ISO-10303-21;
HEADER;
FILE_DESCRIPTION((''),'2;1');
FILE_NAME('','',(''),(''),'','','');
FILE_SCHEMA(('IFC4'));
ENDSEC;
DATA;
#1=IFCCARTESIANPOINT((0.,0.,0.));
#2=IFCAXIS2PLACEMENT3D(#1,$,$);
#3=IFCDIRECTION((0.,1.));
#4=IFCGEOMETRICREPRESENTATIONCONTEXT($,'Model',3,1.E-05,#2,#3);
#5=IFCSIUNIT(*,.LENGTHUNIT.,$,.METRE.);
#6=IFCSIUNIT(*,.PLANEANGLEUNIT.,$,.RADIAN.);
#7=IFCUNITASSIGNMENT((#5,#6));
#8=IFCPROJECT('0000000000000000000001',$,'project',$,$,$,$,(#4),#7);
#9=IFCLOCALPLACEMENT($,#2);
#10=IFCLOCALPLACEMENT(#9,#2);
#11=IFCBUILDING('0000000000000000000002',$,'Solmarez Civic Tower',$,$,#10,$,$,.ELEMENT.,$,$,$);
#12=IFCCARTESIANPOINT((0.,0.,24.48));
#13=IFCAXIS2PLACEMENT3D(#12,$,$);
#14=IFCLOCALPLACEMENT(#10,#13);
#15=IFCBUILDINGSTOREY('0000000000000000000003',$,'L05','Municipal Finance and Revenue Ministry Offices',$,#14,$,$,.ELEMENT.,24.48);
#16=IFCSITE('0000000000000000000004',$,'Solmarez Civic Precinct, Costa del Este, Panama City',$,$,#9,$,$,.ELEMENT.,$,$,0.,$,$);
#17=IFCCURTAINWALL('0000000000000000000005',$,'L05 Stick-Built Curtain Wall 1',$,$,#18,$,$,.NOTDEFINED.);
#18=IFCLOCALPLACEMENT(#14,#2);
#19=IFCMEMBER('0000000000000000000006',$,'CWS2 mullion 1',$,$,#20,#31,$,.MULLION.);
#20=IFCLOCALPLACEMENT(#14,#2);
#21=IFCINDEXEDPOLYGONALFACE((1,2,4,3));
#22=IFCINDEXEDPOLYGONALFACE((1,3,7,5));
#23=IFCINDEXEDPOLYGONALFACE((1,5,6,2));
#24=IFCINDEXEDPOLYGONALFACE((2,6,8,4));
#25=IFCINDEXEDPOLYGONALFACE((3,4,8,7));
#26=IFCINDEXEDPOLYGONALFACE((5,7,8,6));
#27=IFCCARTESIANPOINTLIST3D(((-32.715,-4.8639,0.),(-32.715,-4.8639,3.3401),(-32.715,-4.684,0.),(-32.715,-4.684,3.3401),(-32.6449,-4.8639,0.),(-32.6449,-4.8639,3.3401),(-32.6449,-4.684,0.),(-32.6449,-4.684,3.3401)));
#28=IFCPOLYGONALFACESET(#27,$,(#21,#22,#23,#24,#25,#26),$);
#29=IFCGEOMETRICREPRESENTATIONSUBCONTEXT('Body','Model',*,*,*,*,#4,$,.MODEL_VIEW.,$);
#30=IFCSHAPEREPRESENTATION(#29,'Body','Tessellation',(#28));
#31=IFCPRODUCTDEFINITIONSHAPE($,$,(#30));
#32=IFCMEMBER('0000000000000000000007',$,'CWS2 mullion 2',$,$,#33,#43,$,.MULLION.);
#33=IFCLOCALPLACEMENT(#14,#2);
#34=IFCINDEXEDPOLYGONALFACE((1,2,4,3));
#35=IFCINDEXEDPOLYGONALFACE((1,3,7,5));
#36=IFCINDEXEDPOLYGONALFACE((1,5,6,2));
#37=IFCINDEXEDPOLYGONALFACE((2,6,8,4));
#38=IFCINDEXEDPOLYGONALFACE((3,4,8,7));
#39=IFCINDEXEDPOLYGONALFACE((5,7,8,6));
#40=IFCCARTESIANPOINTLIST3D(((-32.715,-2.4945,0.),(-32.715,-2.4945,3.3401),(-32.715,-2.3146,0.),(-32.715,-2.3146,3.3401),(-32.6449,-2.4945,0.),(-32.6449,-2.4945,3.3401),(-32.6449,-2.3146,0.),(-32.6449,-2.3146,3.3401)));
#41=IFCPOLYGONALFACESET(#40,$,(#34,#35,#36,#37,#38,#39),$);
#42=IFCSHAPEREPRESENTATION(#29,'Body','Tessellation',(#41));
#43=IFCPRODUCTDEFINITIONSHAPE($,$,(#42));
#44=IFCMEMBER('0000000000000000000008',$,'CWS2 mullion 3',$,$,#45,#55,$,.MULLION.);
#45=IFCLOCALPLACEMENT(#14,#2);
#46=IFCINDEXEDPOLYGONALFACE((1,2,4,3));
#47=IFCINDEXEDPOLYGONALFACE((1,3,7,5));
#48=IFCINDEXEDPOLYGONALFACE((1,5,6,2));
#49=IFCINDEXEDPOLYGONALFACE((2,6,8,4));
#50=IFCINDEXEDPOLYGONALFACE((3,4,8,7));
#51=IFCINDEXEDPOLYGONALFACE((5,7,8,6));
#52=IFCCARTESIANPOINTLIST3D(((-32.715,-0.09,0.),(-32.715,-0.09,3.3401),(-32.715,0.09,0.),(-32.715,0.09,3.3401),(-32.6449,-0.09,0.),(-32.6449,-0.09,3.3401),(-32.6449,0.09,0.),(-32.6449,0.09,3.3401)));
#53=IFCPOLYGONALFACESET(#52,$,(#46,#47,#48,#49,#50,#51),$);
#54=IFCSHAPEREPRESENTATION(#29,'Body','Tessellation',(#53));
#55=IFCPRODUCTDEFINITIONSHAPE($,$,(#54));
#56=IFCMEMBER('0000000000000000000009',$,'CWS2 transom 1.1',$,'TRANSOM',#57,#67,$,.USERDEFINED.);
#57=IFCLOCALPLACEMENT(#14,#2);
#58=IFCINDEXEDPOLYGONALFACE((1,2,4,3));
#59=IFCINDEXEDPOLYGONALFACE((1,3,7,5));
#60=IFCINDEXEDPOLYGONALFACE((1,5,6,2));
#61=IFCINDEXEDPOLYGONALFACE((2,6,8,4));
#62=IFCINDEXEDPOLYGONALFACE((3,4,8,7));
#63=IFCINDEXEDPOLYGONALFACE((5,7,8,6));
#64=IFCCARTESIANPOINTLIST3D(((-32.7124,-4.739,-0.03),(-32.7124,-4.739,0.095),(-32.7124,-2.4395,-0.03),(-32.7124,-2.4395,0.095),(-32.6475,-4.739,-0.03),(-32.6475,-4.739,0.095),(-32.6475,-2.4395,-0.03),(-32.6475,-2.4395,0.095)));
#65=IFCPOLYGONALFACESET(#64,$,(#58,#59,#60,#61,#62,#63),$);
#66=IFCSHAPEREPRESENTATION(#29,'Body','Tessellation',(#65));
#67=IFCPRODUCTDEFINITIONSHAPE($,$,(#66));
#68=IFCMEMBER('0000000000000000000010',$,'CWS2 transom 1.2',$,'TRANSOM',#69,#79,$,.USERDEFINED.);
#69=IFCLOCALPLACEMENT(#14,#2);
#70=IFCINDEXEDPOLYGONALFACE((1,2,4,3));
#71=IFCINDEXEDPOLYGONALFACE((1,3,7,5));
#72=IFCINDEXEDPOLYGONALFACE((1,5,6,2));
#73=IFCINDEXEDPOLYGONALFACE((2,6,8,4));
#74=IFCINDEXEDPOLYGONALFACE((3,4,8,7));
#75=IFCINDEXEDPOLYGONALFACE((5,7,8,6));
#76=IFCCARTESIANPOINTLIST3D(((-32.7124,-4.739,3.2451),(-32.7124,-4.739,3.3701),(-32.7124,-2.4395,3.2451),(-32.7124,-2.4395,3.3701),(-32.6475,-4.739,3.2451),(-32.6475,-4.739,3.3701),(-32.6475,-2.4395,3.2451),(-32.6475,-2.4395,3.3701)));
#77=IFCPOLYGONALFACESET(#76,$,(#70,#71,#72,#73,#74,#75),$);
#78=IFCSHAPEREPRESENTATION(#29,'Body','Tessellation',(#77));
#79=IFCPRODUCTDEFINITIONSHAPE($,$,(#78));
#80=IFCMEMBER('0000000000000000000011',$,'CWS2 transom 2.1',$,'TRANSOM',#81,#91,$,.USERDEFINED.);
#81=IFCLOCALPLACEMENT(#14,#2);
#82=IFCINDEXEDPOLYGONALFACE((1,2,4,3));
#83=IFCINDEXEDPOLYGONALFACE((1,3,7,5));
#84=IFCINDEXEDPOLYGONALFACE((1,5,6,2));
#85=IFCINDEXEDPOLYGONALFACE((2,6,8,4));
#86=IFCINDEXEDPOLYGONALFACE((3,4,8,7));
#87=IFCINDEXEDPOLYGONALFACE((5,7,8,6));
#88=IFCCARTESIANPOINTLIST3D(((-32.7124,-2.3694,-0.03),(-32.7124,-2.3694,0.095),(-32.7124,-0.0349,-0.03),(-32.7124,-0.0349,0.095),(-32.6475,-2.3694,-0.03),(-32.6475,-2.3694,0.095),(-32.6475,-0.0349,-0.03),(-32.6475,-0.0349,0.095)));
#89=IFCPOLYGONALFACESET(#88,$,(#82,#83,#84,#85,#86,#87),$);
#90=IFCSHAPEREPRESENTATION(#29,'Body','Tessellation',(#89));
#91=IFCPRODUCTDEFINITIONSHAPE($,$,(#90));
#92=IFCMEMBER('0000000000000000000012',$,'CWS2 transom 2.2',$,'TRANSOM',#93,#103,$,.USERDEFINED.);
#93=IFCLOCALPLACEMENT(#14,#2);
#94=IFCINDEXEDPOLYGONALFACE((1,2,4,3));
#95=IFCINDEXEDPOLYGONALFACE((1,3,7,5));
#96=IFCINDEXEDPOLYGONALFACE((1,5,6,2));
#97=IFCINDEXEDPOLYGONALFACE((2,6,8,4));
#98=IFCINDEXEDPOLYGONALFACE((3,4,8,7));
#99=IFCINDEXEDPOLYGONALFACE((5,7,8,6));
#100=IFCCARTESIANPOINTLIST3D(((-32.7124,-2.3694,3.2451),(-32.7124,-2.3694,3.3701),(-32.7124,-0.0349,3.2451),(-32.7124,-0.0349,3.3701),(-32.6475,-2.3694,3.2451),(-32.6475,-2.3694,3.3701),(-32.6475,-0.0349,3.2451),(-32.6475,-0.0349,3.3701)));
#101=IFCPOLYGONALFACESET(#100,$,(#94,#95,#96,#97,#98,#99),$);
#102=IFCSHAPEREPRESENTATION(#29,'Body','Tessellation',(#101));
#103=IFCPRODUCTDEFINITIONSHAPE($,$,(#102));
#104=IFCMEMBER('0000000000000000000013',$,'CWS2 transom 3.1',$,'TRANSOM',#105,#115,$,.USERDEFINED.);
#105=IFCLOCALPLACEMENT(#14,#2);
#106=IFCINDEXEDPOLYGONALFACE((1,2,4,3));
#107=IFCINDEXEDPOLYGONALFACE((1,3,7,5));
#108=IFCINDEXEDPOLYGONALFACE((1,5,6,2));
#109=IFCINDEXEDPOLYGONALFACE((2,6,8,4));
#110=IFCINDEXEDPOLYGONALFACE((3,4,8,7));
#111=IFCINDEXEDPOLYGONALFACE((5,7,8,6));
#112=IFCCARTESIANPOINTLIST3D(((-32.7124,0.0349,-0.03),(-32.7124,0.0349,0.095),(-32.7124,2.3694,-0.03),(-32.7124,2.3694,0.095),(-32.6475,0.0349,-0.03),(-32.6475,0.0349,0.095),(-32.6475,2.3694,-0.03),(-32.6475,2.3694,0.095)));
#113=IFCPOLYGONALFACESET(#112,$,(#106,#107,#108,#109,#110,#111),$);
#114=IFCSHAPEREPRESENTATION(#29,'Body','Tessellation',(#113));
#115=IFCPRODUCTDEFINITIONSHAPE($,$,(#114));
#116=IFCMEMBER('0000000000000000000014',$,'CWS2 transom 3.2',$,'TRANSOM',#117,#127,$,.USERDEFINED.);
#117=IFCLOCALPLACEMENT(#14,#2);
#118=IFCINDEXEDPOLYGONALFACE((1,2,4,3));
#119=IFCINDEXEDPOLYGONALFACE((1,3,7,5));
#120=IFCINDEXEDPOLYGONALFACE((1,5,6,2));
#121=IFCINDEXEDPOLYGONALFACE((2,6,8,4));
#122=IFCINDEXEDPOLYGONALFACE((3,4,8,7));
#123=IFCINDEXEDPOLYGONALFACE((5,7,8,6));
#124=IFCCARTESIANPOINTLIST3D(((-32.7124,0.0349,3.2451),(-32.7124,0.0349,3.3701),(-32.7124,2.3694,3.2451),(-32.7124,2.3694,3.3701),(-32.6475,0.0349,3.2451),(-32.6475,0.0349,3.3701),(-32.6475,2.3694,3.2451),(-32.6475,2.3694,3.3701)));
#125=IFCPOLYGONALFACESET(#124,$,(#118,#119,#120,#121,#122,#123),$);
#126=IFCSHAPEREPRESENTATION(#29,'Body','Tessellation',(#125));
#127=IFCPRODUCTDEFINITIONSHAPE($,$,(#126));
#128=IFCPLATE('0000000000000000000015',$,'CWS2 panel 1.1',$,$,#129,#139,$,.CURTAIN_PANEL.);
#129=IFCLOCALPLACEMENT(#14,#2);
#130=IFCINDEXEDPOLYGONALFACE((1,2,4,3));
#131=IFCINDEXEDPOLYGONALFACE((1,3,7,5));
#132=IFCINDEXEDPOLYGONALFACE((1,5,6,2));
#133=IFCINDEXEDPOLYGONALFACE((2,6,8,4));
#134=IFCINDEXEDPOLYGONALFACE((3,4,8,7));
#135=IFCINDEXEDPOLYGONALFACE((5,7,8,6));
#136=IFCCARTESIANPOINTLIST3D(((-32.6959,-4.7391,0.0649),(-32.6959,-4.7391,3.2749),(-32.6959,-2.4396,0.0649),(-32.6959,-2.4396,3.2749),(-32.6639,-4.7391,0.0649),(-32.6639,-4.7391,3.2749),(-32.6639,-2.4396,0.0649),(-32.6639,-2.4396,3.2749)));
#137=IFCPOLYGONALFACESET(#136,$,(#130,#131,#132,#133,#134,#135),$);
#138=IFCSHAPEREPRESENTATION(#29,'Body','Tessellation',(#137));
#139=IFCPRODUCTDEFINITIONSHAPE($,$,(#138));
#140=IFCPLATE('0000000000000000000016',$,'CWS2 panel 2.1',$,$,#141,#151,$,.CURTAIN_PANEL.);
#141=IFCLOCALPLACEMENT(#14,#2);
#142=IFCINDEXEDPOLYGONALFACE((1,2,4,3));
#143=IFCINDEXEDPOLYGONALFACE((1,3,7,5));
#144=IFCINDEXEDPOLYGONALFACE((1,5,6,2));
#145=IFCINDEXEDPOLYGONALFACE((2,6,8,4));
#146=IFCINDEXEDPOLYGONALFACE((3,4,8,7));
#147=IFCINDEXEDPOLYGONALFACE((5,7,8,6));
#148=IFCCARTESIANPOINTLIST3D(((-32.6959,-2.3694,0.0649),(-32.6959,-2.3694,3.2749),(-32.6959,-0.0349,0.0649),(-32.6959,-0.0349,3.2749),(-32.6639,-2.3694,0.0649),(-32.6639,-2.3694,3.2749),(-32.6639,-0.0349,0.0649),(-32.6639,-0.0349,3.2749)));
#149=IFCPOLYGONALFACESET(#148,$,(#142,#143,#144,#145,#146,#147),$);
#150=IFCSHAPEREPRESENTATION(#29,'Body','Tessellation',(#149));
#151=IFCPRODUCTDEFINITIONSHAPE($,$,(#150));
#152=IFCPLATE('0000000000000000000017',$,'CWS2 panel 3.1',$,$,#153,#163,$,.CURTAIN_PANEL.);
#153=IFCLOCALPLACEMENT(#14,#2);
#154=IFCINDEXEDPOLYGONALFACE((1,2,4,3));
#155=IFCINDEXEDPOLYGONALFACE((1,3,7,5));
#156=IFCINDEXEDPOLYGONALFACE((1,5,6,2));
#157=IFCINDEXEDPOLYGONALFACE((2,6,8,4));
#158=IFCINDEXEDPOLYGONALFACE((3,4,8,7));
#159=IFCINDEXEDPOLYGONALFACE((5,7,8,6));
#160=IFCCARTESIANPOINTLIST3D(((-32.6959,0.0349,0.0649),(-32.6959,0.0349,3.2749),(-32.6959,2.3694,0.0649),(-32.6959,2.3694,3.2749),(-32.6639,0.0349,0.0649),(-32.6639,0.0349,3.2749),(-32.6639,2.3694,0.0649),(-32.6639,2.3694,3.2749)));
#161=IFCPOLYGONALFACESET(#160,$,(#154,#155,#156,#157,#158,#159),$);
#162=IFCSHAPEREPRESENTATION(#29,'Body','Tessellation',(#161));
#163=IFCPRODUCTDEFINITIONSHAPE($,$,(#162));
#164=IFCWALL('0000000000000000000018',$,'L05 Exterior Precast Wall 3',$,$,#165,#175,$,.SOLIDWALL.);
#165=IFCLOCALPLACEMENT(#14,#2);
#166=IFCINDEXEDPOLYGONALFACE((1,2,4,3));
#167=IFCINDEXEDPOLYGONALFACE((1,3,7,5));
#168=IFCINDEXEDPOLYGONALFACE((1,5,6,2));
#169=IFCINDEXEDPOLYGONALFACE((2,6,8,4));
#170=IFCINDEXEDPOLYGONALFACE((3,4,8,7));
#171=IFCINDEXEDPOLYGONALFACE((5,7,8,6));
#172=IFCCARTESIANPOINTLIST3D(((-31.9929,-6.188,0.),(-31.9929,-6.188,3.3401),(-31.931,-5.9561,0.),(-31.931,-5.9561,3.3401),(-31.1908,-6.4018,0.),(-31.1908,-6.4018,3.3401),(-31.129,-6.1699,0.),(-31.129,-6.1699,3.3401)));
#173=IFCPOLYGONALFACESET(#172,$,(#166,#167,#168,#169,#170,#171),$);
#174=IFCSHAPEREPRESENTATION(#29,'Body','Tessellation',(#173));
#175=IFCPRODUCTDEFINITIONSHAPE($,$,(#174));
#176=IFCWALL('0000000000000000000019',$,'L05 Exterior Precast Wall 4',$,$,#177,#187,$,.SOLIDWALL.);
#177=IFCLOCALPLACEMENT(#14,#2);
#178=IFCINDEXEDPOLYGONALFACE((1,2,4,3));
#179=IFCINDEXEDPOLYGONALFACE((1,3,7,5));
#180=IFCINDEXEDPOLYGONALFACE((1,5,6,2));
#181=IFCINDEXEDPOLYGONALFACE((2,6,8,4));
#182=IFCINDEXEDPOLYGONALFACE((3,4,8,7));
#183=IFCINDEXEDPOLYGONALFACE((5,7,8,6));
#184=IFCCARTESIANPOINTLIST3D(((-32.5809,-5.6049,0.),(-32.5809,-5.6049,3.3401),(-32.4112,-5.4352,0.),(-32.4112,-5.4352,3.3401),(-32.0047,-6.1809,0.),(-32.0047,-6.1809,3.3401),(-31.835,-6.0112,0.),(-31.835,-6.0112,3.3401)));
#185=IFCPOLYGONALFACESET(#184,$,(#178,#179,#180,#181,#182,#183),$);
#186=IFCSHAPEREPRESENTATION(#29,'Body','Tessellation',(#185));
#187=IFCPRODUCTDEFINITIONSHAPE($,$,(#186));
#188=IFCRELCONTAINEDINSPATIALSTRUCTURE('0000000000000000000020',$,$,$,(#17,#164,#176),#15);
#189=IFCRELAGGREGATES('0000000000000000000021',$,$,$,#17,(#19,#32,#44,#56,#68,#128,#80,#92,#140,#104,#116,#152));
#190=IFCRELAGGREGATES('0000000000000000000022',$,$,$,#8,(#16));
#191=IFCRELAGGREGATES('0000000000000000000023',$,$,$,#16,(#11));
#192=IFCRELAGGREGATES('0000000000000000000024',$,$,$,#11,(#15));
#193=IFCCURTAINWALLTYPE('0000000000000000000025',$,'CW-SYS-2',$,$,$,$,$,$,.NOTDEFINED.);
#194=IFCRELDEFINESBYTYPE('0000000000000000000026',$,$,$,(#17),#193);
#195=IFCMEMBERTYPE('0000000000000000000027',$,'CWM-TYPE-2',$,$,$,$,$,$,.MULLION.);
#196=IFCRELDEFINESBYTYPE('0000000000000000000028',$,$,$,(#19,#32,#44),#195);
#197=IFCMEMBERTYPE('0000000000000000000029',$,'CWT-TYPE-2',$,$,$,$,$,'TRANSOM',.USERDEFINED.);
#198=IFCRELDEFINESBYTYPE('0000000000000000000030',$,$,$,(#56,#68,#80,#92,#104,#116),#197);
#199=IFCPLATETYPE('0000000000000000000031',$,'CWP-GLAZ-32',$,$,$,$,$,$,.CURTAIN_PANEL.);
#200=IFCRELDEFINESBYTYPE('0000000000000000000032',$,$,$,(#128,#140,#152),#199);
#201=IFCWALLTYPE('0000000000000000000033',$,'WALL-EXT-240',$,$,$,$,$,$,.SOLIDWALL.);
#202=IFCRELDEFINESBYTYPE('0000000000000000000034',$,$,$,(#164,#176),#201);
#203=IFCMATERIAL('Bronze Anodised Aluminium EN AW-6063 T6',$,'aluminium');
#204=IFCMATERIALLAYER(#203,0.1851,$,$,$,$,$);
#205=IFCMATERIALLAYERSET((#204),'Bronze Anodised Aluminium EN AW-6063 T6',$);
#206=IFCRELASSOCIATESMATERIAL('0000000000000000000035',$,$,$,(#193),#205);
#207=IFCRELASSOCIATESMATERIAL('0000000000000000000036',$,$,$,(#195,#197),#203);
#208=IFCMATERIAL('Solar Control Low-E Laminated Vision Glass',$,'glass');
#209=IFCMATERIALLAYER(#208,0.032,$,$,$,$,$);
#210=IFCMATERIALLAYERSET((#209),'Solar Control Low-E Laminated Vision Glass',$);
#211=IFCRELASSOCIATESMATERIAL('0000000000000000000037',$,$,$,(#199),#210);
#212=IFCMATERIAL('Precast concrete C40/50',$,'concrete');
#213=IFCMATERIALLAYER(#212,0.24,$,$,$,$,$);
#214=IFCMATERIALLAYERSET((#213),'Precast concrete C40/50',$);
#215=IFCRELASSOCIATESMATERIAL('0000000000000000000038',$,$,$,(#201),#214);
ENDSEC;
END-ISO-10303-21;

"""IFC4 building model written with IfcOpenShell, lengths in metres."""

from ifc_helpers import new_model, si_unit, direction, frame, frame_2d, origin, origin_2d, place, context, subcontext, project, spatial, rectangle, extrude, material, layer, layer_set, material_profile, profile_set, type_object, element, aggregate, save


model = new_model("IFC4")

# Units and contexts
model_context = context("Model", 3, precision=1e-05, world=origin(), true_north=direction((0.0, 1.0)))
body_context = subcontext(model_context, "Body", "Model", "MODEL_VIEW")
ifc_project = project(units=[si_unit("LENGTHUNIT", "METRE"), si_unit("PLANEANGLEUNIT", "RADIAN")], contexts=[model_context])

# Site, building, storey
site_placement = place(None, origin())
site = spatial("IfcSite", under=ifc_project, at=site_placement, Name="Solmarez Civic Precinct, Costa del Este, Panama City", CompositionType="ELEMENT", RefElevation=0.0)
building_placement = place(site_placement, origin())
building = spatial("IfcBuilding", under=site, at=building_placement, Name="Solmarez Civic Tower", CompositionType="ELEMENT")
storey_placement = place(building_placement, frame((0.0, 0.0, 24.48)))
storey = spatial("IfcBuildingStorey", under=building, at=storey_placement, Name="L05", Description="Municipal Finance and Revenue Ministry Offices", CompositionType="ELEMENT", Elevation=24.48)

# Curtain wall, members, plates
ifc_material_1 = material(Name="Bronze Anodised Aluminium EN AW-6063 T6", Category="aluminium")
ifc_layer_1 = layer(ifc_material_1, 0.1851)
ifc_layer_set_1 = layer_set([ifc_layer_1], Name="Bronze Anodised Aluminium EN AW-6063 T6")
curtain_wall_type = type_object("IfcCurtainWallType", Name="CW-SYS-2", PredefinedType="NOTDEFINED", material=ifc_layer_set_1)
curtain_wall_placement = place(storey_placement, origin())
curtain_wall = element("IfcCurtainWall", 1, at=curtain_wall_placement, inside=storey, type_object=curtain_wall_type, Name="L05 Stick-Built Curtain Wall 1", PredefinedType="NOTDEFINED")
ifc_material_profile_1 = material_profile(ifc_material_1, rectangle(XDim=0.0701, YDim=0.1799, at=origin_2d()), Name="CWM-70X180")
ifc_profile_set_1 = profile_set([ifc_material_profile_1], Name="Bronze Anodised Aluminium EN AW-6063 T6")
member_type_1 = type_object("IfcMemberType", Name="CWM-TYPE-2", PredefinedType="MULLION", material=ifc_profile_set_1)
member_1_placement = place(storey_placement, frame((-32.6799, -4.7739, 0.0), z_axis=(0.0, 0.0, 1.0), x_axis=(-1.0, 0.0, 0.0)))
member_1 = element("IfcMember", 2, at=member_1_placement, type_object=member_type_1, Name="CWS2 mullion 1", PredefinedType="MULLION", context=body_context, shape_type="SweptSolid", body=[
    extrude(rectangle(XDim=0.0701, YDim=0.1799, at=origin_2d()), origin(), (0.0, 0.0, 1.0), 3.3401),
])
member_2_placement = place(storey_placement, frame((-32.6799, -2.4045, 0.0), z_axis=(0.0, 0.0, 1.0), x_axis=(-1.0, 0.0, 0.0)))
member_2 = element("IfcMember", 3, at=member_2_placement, type_object=member_type_1, Name="CWS2 mullion 2", PredefinedType="MULLION", context=body_context, shape_type="SweptSolid", body=[
    extrude(rectangle(XDim=0.0701, YDim=0.1799, at=origin_2d()), origin(), (0.0, 0.0, 1.0), 3.3401),
])
member_3_placement = place(storey_placement, frame((-32.6799, 0.0, 0.0), z_axis=(0.0, 0.0, 1.0), x_axis=(-1.0, 0.0, 0.0)))
member_3 = element("IfcMember", 4, at=member_3_placement, type_object=member_type_1, Name="CWS2 mullion 3", PredefinedType="MULLION", context=body_context, shape_type="SweptSolid", body=[
    extrude(rectangle(XDim=0.0701, YDim=0.1799, at=origin_2d()), origin(), (0.0, 0.0, 1.0), 3.3401),
])
ifc_material_profile_2 = material_profile(ifc_material_1, rectangle(XDim=0.0649, YDim=0.125, at=origin_2d()), Name="CWT-65X125")
ifc_profile_set_2 = profile_set([ifc_material_profile_2], Name="Bronze Anodised Aluminium EN AW-6063 T6")
member_type_2 = type_object("IfcMemberType", Name="CWT-TYPE-2", ElementType="TRANSOM", PredefinedType="USERDEFINED", material=ifc_profile_set_2)
member_4_placement = place(storey_placement, frame((-32.6799, -4.739, 0.0325), z_axis=(0.0, 1.0, 0.0), x_axis=(-1.0, 0.0, 0.0)))
member_4 = element("IfcMember", 5, at=member_4_placement, type_object=member_type_2, Name="CWS2 transom 1.1", ObjectType="TRANSOM", PredefinedType="USERDEFINED", context=body_context, shape_type="SweptSolid", body=[
    extrude(rectangle(XDim=0.0649, YDim=0.125, at=origin_2d()), origin(), (0.0, 0.0, 1.0), 2.2996),
])
member_5_placement = place(storey_placement, frame((-32.6799, -4.739, 3.3076), z_axis=(0.0, 1.0, 0.0), x_axis=(-1.0, 0.0, 0.0)))
member_5 = element("IfcMember", 6, at=member_5_placement, type_object=member_type_2, Name="CWS2 transom 1.2", ObjectType="TRANSOM", PredefinedType="USERDEFINED", context=body_context, shape_type="SweptSolid", body=[
    extrude(rectangle(XDim=0.0649, YDim=0.125, at=origin_2d()), origin(), (0.0, 0.0, 1.0), 2.2996),
])
member_6_placement = place(storey_placement, frame((-32.6799, -2.3694, 0.0325), z_axis=(0.0, 1.0, 0.0), x_axis=(-1.0, 0.0, 0.0)))
member_6 = element("IfcMember", 7, at=member_6_placement, type_object=member_type_2, Name="CWS2 transom 2.1", ObjectType="TRANSOM", PredefinedType="USERDEFINED", context=body_context, shape_type="SweptSolid", body=[
    extrude(rectangle(XDim=0.0649, YDim=0.125, at=origin_2d()), origin(), (0.0, 0.0, 1.0), 2.3345),
])
member_7_placement = place(storey_placement, frame((-32.6799, -2.3694, 3.3076), z_axis=(0.0, 1.0, 0.0), x_axis=(-1.0, 0.0, 0.0)))
member_7 = element("IfcMember", 8, at=member_7_placement, type_object=member_type_2, Name="CWS2 transom 2.2", ObjectType="TRANSOM", PredefinedType="USERDEFINED", context=body_context, shape_type="SweptSolid", body=[
    extrude(rectangle(XDim=0.0649, YDim=0.125, at=origin_2d()), origin(), (0.0, 0.0, 1.0), 2.3345),
])
member_8_placement = place(storey_placement, frame((-32.6799, 0.0349, 0.0325), z_axis=(0.0, 1.0, 0.0), x_axis=(-1.0, 0.0, 0.0)))
member_8 = element("IfcMember", 9, at=member_8_placement, type_object=member_type_2, Name="CWS2 transom 3.1", ObjectType="TRANSOM", PredefinedType="USERDEFINED", context=body_context, shape_type="SweptSolid", body=[
    extrude(rectangle(XDim=0.0649, YDim=0.125, at=origin_2d()), origin(), (0.0, 0.0, 1.0), 2.3345),
])
member_9_placement = place(storey_placement, frame((-32.6799, 0.0349, 3.3076), z_axis=(0.0, 1.0, 0.0), x_axis=(-1.0, 0.0, 0.0)))
member_9 = element("IfcMember", 10, at=member_9_placement, type_object=member_type_2, Name="CWS2 transom 3.2", ObjectType="TRANSOM", PredefinedType="USERDEFINED", context=body_context, shape_type="SweptSolid", body=[
    extrude(rectangle(XDim=0.0649, YDim=0.125, at=origin_2d()), origin(), (0.0, 0.0, 1.0), 2.3345),
])
ifc_material_2 = material(Name="Solar Control Low-E Laminated Vision Glass", Category="glass")
ifc_layer_2 = layer(ifc_material_2, 0.032)
ifc_layer_set_2 = layer_set([ifc_layer_2], Name="Solar Control Low-E Laminated Vision Glass")
plate_type = type_object("IfcPlateType", Name="CWP-GLAZ-32", PredefinedType="CURTAIN_PANEL", material=ifc_layer_set_2)
plate_1_placement = place(storey_placement, frame((-32.6799, -3.5894, 0.0649), z_axis=(0.0, 0.0, 1.0), x_axis=(0.0, 1.0, 0.0)))
plate_1 = element("IfcPlate", 11, at=plate_1_placement, type_object=plate_type, Name="CWS2 panel 1.1", PredefinedType="CURTAIN_PANEL", context=body_context, shape_type="SweptSolid", body=[
    extrude(rectangle(XDim=2.2996, YDim=0.032, at=origin_2d()), origin(), (0.0, 0.0, 1.0), 3.21),
])
plate_2_placement = place(storey_placement, frame((-32.6799, -1.2021, 0.0649), z_axis=(0.0, 0.0, 1.0), x_axis=(0.0, 1.0, 0.0)))
plate_2 = element("IfcPlate", 12, at=plate_2_placement, type_object=plate_type, Name="CWS2 panel 2.1", PredefinedType="CURTAIN_PANEL", context=body_context, shape_type="SweptSolid", body=[
    extrude(rectangle(XDim=2.3345, YDim=0.032, at=origin_2d()), origin(), (0.0, 0.0, 1.0), 3.21),
])
plate_3_placement = place(storey_placement, frame((-32.6799, 1.2021, 0.0649), z_axis=(0.0, 0.0, 1.0), x_axis=(0.0, 1.0, 0.0)))
plate_3 = element("IfcPlate", 13, at=plate_3_placement, type_object=plate_type, Name="CWS2 panel 3.1", PredefinedType="CURTAIN_PANEL", context=body_context, shape_type="SweptSolid", body=[
    extrude(rectangle(XDim=2.3345, YDim=0.032, at=origin_2d()), origin(), (0.0, 0.0, 1.0), 3.21),
])
aggregate(curtain_wall, [member_1, member_2, member_3, member_4, member_5, plate_1, member_6, member_7, plate_2, member_8, member_9, plate_3])

# Walls
ifc_material_3 = material(Name="Precast concrete C40/50", Category="concrete")
ifc_layer_3 = layer(ifc_material_3, 0.24)
ifc_layer_set_3 = layer_set([ifc_layer_3], Name="Precast concrete C40/50")
wall_type = type_object("IfcWallType", Name="WALL-EXT-240", PredefinedType="SOLIDWALL", material=ifc_layer_set_3)
wall_1_placement = place(storey_placement, frame((-31.1599, -6.2859, 0.0), z_axis=(0.0, 0.0, 1.0), x_axis=(-0.966235, 0.257663, 0.0)))
element("IfcWall", 14, at=wall_1_placement, inside=storey, type_object=wall_type, Name="L05 Exterior Precast Wall 3", PredefinedType="SOLIDWALL", context=body_context, shape_type="SweptSolid", body=[
    extrude(rectangle(XDim=0.8301, YDim=0.24, at=frame_2d((0.415, 0.0))), origin(), (0.0, 0.0, 1.0), 3.3401),
])
wall_2_placement = place(storey_placement, frame((-31.9199, -6.0959, 0.0), z_axis=(0.0, 0.0, 1.0), x_axis=(-0.707257, 0.706957, 0.0)))
element("IfcWall", 15, at=wall_2_placement, inside=storey, type_object=wall_type, Name="L05 Exterior Precast Wall 4", PredefinedType="SOLIDWALL", context=body_context, shape_type="SweptSolid", body=[
    extrude(rectangle(XDim=0.8147, YDim=0.24, at=frame_2d((0.4072, 0.0))), origin(), (0.0, 0.0, 1.0), 3.3401),
])

save(model, "model.ifc")
